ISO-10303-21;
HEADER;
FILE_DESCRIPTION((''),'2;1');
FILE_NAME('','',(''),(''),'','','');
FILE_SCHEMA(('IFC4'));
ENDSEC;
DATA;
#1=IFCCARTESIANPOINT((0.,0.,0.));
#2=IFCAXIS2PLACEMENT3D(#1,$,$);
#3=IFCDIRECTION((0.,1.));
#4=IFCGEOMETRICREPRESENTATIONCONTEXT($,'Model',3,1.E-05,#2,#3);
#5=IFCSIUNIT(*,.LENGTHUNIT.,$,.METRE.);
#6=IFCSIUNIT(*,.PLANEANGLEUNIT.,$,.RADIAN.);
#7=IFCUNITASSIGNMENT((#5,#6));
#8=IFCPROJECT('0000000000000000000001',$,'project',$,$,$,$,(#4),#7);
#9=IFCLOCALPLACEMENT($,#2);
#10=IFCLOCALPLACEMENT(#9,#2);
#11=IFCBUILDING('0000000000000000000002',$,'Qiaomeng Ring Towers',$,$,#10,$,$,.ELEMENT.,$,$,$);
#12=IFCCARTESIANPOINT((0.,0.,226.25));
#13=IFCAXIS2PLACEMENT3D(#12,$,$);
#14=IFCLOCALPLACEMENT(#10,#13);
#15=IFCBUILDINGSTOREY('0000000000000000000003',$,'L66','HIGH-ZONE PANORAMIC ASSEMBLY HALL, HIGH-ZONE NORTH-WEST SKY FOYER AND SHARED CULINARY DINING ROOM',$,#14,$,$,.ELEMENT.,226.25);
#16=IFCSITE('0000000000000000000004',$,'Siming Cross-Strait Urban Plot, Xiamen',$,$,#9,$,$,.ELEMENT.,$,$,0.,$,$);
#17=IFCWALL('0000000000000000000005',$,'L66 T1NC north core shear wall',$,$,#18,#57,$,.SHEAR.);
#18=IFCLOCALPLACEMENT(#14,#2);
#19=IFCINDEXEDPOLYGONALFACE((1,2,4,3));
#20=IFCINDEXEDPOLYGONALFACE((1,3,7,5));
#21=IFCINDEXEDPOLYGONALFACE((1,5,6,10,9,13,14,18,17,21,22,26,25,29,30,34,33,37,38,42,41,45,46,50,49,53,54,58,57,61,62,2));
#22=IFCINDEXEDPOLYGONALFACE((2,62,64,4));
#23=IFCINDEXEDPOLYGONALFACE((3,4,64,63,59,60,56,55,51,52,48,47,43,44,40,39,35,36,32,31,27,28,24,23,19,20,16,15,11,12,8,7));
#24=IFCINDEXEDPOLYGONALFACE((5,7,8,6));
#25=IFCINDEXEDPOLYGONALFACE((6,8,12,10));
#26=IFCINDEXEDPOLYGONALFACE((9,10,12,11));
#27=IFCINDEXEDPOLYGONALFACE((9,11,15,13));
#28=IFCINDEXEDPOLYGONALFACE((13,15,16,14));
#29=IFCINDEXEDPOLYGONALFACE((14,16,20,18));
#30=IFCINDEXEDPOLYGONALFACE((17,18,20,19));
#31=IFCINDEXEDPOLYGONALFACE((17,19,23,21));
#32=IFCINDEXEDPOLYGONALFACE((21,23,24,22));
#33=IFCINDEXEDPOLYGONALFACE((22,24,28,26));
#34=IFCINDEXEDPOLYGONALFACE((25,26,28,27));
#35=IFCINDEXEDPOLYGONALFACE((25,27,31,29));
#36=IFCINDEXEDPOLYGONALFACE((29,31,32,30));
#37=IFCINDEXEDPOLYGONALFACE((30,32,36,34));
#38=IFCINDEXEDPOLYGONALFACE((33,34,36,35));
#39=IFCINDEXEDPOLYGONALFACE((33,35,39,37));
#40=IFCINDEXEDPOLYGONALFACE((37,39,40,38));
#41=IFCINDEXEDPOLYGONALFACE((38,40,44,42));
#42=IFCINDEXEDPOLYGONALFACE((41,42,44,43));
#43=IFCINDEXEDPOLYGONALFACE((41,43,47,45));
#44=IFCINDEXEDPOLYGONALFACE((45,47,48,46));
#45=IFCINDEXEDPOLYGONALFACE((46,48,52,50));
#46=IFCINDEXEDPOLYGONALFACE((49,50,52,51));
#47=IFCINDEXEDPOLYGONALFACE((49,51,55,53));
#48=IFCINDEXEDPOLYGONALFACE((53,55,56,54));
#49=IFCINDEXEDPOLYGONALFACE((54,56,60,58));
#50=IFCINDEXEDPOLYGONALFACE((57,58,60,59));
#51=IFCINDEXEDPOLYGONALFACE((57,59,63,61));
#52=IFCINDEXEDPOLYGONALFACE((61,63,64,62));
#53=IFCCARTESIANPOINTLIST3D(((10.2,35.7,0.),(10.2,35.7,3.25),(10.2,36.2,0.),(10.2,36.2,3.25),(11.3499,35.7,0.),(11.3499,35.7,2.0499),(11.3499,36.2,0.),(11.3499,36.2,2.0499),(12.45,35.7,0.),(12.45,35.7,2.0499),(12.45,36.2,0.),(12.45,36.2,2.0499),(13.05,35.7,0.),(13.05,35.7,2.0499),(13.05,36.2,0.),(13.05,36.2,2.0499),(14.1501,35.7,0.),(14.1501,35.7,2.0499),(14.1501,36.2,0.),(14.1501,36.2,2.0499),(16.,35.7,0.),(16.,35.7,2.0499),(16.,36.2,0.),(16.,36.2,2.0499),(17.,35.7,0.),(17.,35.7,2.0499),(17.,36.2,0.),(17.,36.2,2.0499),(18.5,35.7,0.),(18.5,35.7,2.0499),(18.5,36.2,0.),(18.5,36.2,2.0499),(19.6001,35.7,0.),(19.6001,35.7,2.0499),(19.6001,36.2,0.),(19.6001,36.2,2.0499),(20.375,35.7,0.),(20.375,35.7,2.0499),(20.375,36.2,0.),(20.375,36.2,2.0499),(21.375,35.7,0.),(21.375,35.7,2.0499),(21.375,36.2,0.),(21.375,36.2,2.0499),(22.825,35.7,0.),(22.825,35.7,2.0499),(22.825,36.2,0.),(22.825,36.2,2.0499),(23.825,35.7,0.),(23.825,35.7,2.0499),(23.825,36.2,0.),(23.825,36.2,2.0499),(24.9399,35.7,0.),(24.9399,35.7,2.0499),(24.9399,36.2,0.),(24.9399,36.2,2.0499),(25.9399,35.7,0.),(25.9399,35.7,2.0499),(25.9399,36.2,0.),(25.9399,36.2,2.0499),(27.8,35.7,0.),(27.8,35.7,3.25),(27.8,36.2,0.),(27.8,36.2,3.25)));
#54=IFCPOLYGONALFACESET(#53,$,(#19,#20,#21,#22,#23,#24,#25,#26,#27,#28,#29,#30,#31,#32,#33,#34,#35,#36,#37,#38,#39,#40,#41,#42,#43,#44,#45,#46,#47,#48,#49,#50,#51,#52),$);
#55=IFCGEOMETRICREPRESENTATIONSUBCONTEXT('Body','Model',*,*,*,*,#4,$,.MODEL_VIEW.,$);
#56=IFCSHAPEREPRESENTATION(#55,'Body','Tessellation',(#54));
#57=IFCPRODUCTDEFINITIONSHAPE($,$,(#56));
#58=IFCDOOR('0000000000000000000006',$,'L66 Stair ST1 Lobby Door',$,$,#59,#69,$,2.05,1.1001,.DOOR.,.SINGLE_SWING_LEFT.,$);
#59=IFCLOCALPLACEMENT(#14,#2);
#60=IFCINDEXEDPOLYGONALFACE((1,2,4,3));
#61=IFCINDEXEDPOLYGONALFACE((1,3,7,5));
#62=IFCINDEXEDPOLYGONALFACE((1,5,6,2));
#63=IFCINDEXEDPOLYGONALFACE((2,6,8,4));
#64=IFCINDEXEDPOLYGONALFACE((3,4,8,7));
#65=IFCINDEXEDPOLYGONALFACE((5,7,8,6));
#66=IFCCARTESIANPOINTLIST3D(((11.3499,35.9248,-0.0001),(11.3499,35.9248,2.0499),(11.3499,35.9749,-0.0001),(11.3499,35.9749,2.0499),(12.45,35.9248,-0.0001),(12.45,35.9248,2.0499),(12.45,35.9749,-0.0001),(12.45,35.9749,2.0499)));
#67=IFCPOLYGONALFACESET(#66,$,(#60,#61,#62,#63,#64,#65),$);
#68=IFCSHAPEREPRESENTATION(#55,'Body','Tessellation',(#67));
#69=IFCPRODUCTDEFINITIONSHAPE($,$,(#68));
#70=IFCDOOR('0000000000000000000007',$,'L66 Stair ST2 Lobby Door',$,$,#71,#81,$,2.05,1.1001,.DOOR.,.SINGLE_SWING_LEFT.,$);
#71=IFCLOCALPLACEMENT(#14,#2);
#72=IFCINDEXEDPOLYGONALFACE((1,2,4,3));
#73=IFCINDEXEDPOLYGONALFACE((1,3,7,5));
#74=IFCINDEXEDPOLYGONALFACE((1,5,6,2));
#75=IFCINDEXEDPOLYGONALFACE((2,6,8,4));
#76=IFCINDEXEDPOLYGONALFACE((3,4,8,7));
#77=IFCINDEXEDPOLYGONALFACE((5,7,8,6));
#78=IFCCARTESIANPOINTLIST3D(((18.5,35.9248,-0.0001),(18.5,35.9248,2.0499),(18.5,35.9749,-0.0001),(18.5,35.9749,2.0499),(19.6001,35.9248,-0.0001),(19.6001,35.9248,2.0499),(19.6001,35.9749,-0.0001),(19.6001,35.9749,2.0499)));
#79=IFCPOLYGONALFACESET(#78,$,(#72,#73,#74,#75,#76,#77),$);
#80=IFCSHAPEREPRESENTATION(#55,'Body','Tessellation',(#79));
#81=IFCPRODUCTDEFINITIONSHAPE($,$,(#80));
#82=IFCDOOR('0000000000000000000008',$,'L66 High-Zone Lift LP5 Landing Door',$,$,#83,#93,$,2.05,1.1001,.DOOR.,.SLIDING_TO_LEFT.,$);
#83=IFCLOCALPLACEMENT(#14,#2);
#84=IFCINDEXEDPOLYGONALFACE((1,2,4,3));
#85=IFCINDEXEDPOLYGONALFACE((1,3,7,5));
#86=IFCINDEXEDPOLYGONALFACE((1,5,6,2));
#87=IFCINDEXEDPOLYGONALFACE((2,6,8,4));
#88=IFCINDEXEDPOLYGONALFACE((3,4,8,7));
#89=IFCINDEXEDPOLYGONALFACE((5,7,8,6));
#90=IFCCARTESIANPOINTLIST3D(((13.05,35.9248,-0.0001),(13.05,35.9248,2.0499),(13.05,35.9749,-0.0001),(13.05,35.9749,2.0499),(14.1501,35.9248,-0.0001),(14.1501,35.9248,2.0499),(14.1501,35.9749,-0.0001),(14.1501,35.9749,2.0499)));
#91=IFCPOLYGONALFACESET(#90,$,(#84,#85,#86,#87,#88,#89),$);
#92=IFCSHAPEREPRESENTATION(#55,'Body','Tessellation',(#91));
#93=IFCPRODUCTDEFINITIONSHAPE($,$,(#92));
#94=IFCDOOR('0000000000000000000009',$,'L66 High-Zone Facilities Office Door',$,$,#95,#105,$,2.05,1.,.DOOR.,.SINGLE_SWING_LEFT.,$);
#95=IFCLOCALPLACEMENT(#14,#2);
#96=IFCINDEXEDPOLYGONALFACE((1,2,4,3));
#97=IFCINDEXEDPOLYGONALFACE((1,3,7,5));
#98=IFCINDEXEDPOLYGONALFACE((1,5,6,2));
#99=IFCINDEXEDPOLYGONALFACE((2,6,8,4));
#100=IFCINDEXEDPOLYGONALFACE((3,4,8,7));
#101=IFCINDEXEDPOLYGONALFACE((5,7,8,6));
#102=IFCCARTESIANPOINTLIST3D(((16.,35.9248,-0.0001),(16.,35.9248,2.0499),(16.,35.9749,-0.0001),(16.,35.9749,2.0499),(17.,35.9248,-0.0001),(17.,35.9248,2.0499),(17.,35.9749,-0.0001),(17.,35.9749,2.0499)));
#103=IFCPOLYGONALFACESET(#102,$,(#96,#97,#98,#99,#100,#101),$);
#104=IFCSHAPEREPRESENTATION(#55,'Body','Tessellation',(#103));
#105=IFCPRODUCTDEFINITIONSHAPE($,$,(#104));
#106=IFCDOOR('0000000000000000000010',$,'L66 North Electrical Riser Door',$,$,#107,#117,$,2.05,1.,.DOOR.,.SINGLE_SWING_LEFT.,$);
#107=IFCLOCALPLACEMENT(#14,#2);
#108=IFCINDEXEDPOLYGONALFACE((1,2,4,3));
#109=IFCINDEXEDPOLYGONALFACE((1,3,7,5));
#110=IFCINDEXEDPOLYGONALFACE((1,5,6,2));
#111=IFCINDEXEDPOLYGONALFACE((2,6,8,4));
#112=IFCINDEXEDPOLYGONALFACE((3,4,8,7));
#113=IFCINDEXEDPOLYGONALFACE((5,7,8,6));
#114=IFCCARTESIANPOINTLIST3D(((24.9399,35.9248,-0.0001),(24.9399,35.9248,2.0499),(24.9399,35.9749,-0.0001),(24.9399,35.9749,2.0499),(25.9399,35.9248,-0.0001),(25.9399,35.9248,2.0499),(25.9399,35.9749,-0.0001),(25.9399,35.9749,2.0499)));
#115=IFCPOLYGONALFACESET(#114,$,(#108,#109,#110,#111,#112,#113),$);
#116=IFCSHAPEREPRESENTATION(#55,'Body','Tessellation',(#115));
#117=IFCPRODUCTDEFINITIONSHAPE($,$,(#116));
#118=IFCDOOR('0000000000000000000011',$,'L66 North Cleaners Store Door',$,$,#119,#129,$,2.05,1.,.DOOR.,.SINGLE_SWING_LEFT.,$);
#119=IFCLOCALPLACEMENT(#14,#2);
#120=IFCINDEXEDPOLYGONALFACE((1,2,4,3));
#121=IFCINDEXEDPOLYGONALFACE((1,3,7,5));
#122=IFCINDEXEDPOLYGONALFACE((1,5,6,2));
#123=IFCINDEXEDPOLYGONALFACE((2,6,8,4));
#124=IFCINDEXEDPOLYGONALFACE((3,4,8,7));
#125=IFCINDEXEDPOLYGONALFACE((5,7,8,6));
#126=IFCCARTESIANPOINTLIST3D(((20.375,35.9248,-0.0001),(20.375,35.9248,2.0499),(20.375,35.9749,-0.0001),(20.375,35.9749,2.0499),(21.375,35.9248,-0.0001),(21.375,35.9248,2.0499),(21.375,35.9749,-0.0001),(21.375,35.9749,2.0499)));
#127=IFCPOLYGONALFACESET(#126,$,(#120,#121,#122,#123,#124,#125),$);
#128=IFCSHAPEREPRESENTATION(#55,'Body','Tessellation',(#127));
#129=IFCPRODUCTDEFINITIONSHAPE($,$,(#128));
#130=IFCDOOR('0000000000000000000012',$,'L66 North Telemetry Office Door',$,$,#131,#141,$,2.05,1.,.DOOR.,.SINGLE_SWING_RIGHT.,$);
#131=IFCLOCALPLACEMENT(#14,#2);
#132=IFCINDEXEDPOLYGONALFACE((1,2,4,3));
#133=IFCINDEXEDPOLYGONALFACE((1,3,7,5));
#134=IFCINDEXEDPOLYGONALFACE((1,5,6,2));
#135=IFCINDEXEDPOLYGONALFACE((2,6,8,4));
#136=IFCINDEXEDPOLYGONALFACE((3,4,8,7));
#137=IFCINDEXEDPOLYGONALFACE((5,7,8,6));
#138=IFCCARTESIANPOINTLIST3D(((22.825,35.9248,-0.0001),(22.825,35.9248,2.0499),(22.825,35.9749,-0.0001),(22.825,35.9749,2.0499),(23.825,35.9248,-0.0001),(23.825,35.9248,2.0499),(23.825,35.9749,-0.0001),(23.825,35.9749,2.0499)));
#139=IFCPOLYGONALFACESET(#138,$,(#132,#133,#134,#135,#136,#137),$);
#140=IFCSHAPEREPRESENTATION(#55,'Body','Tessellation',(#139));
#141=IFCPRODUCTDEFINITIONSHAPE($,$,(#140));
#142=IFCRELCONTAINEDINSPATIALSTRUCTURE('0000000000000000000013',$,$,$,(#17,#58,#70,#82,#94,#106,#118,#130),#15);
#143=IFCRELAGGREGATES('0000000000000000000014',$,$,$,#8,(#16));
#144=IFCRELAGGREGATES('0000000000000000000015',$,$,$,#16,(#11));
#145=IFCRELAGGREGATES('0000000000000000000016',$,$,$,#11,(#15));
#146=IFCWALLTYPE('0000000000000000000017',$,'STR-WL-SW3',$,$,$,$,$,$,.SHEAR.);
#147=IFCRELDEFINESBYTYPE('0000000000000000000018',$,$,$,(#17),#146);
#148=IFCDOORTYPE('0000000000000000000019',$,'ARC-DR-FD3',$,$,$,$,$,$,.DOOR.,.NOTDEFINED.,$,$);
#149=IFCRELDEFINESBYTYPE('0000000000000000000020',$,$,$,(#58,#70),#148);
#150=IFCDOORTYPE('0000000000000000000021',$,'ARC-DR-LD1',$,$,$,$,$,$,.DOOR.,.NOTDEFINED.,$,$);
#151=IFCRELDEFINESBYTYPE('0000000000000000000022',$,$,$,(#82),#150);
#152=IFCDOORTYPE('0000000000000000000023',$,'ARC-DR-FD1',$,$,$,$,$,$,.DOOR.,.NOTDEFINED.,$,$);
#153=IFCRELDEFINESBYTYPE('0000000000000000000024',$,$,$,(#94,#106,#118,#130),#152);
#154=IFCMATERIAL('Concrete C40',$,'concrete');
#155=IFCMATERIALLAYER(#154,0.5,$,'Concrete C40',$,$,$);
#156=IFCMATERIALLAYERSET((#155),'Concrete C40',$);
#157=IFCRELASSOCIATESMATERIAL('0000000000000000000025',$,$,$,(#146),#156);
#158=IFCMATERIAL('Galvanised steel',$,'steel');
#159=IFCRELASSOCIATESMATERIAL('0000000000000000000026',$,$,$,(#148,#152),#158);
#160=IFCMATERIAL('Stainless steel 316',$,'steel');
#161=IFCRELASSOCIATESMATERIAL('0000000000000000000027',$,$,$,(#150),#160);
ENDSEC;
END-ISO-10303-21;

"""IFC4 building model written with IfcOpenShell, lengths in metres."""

from ifc_helpers import new_model, si_unit, direction, frame, frame_2d, origin, place, context, subcontext, project, spatial, rectangle, extrude, source, transform, mapped, material, layer, layer_set, type_object, element, fill, save


model = new_model("IFC4")

# Units and contexts
model_context = context("Model", 3, precision=1e-05, world=origin(), true_north=direction((0.0, 1.0)))
body_context = subcontext(model_context, "Body", "Model", "MODEL_VIEW")
ifc_project = project(units=[si_unit("LENGTHUNIT", "METRE"), si_unit("PLANEANGLEUNIT", "RADIAN")], contexts=[model_context])

# Site, building, storey
site_placement = place(None, origin())
site = spatial("IfcSite", under=ifc_project, at=site_placement, Name="Siming Cross-Strait Urban Plot, Xiamen", CompositionType="ELEMENT", RefElevation=0.0)
building_placement = place(site_placement, origin())
building = spatial("IfcBuilding", under=site, at=building_placement, Name="Qiaomeng Ring Towers", CompositionType="ELEMENT")
storey_placement = place(building_placement, frame((0.0, 0.0, 226.25)))
storey = spatial("IfcBuildingStorey", under=building, at=storey_placement, Name="L66", Description="HIGH-ZONE PANORAMIC ASSEMBLY HALL, HIGH-ZONE NORTH-WEST SKY FOYER AND SHARED CULINARY DINING ROOM", CompositionType="ELEMENT", Elevation=226.25)

# Shared definitions
ifc_material_1 = material(Name="Concrete C40", Category="concrete")

# Wall, openings, doors
ifc_layer_1 = layer(ifc_material_1, 0.5, Name="Concrete C40")
ifc_layer_set_1 = layer_set([ifc_layer_1], Name="Concrete C40")
wall_type_1 = type_object("IfcWallType", Name="STR-WL-SW3", PredefinedType="SHEAR", material=ifc_layer_set_1)
wall_1_placement = place(storey_placement, frame((10.2, 35.95, 0.0), z_axis=(0.0, 0.0, 1.0), x_axis=(1.0, 0.0, 0.0)))
wall_1 = element("IfcWall", 1, at=wall_1_placement, inside=storey, type_object=wall_type_1, Name="L66 T1NC north core shear wall", PredefinedType="SHEAR", context=body_context, shape_type="SweptSolid", body=[
    extrude(rectangle(XDim=17.6001, YDim=0.5, at=frame_2d((8.8, 0.0))), origin(), (0.0, 0.0, 1.0), 3.25),
])
opening_1_placement = place(wall_1_placement, frame((1.1499, 0.0, 0.0)))
opening_1 = element("IfcOpeningElement", 2, at=opening_1_placement, cuts=wall_1, PredefinedType="OPENING", context=body_context, shape_type="SweptSolid", body=[
    extrude(rectangle(XDim=1.1001, YDim=2.05, at=frame_2d((0.55, 1.0249))), frame((0.0, 0.26, 0.0), z_axis=(0.0, -1.0, 0.0), x_axis=(1.0, 0.0, 0.0)), (0.0, 0.0, 1.0), 0.52),
])
opening_2_placement = place(wall_1_placement, frame((8.3, 0.0, 0.0)))
opening_2 = element("IfcOpeningElement", 3, at=opening_2_placement, cuts=wall_1, PredefinedType="OPENING", context=body_context, shape_type="SweptSolid", body=[
    extrude(rectangle(XDim=1.1001, YDim=2.05, at=frame_2d((0.55, 1.0249))), frame((0.0, 0.26, 0.0), z_axis=(0.0, -1.0, 0.0), x_axis=(1.0, 0.0, 0.0)), (0.0, 0.0, 1.0), 0.52),
])
opening_3_placement = place(wall_1_placement, frame((2.8501, 0.0, 0.0)))
opening_3 = element("IfcOpeningElement", 4, at=opening_3_placement, cuts=wall_1, PredefinedType="OPENING", context=body_context, shape_type="SweptSolid", body=[
    extrude(rectangle(XDim=1.1001, YDim=2.05, at=frame_2d((0.55, 1.0249))), frame((0.0, 0.26, 0.0), z_axis=(0.0, -1.0, 0.0), x_axis=(1.0, 0.0, 0.0)), (0.0, 0.0, 1.0), 0.52),
])
opening_4_placement = place(wall_1_placement, frame((5.8, 0.0, 0.0)))
opening_4 = element("IfcOpeningElement", 5, at=opening_4_placement, cuts=wall_1, PredefinedType="OPENING", context=body_context, shape_type="SweptSolid", body=[
    extrude(rectangle(XDim=1.0, YDim=2.05, at=frame_2d((0.5, 1.0249))), frame((0.0, 0.26, 0.0), z_axis=(0.0, -1.0, 0.0), x_axis=(1.0, 0.0, 0.0)), (0.0, 0.0, 1.0), 0.52),
])
opening_5_placement = place(wall_1_placement, frame((14.74, 0.0, 0.0)))
opening_5 = element("IfcOpeningElement", 6, at=opening_5_placement, cuts=wall_1, PredefinedType="OPENING", context=body_context, shape_type="SweptSolid", body=[
    extrude(rectangle(XDim=1.0, YDim=2.05, at=frame_2d((0.5, 1.0249))), frame((0.0, 0.26, 0.0), z_axis=(0.0, -1.0, 0.0), x_axis=(1.0, 0.0, 0.0)), (0.0, 0.0, 1.0), 0.52),
])
opening_6_placement = place(wall_1_placement, frame((10.175, 0.0, 0.0)))
opening_6 = element("IfcOpeningElement", 7, at=opening_6_placement, cuts=wall_1, PredefinedType="OPENING", context=body_context, shape_type="SweptSolid", body=[
    extrude(rectangle(XDim=1.0, YDim=2.05, at=frame_2d((0.5, 1.0249))), frame((0.0, 0.26, 0.0), z_axis=(0.0, -1.0, 0.0), x_axis=(1.0, 0.0, 0.0)), (0.0, 0.0, 1.0), 0.52),
])
opening_7_placement = place(wall_1_placement, frame((12.625, 0.0, 0.0)))
opening_7 = element("IfcOpeningElement", 8, at=opening_7_placement, cuts=wall_1, PredefinedType="OPENING", context=body_context, shape_type="SweptSolid", body=[
    extrude(rectangle(XDim=1.0, YDim=2.05, at=frame_2d((0.5, 1.0249))), frame((0.0, 0.26, 0.0), z_axis=(0.0, -1.0, 0.0), x_axis=(1.0, 0.0, 0.0)), (0.0, 0.0, 1.0), 0.52),
])
ifc_material_2 = material(Name="Galvanised steel", Category="steel")
door_type_1 = type_object("IfcDoorType", Name="ARC-DR-FD3", OperationType="NOTDEFINED", PredefinedType="DOOR", material=ifc_material_2)
shared_shape_1 = source(origin(), body_context, "Body", "SweptSolid", [
    extrude(rectangle(XDim=1.1001, YDim=2.05, at=frame_2d((0.55, 1.0249))), frame((0.0, 0.0249, 0.0), z_axis=(0.0, -1.0, 0.0), x_axis=(1.0, 0.0, 0.0)), (0.0, 0.0, 1.0), 0.05),
])
door_1_placement = place(opening_1_placement, origin())
door_1 = element("IfcDoor", 9, at=door_1_placement, inside=storey, type_object=door_type_1, Name="L66 Stair ST1 Lobby Door", OperationType="SINGLE_SWING_LEFT", OverallHeight=2.05, OverallWidth=1.1001, PredefinedType="DOOR", context=body_context, shape_type="MappedRepresentation", body=[
    mapped(shared_shape_1, transform((0.0, 0.0, 0.0), x_axis=(1.0, 0.0, 0.0), y_axis=(0.0, 1.0, 0.0), z_axis=(0.0, 0.0, 1.0), scale=1.0)),
])
fill(opening_1, door_1)
door_2_placement = place(opening_2_placement, origin())
door_2 = element("IfcDoor", 10, at=door_2_placement, inside=storey, type_object=door_type_1, Name="L66 Stair ST2 Lobby Door", OperationType="SINGLE_SWING_LEFT", OverallHeight=2.05, OverallWidth=1.1001, PredefinedType="DOOR", context=body_context, shape_type="MappedRepresentation", body=[
    mapped(shared_shape_1, transform((0.0, 0.0, 0.0), x_axis=(1.0, 0.0, 0.0), y_axis=(0.0, 1.0, 0.0), z_axis=(0.0, 0.0, 1.0), scale=1.0)),
])
fill(opening_2, door_2)
ifc_material_3 = material(Name="Stainless steel 316", Category="steel")
door_type_2 = type_object("IfcDoorType", Name="ARC-DR-LD1", OperationType="NOTDEFINED", PredefinedType="DOOR", material=ifc_material_3)
door_3_placement = place(opening_3_placement, origin())
door_3 = element("IfcDoor", 11, at=door_3_placement, inside=storey, type_object=door_type_2, Name="L66 High-Zone Lift LP5 Landing Door", OperationType="SLIDING_TO_LEFT", OverallHeight=2.05, OverallWidth=1.1001, PredefinedType="DOOR", context=body_context, shape_type="MappedRepresentation", body=[
    mapped(shared_shape_1, transform((0.0, 0.0, 0.0), x_axis=(1.0, 0.0, 0.0), y_axis=(0.0, 1.0, 0.0), z_axis=(0.0, 0.0, 1.0), scale=1.0)),
])
fill(opening_3, door_3)
door_type_3 = type_object("IfcDoorType", Name="ARC-DR-FD1", OperationType="NOTDEFINED", PredefinedType="DOOR", material=ifc_material_2)
shared_shape_2 = source(origin(), body_context, "Body", "SweptSolid", [
    extrude(rectangle(XDim=1.0, YDim=2.05, at=frame_2d((0.5, 1.0249))), frame((0.0, 0.0249, 0.0), z_axis=(0.0, -1.0, 0.0), x_axis=(1.0, 0.0, 0.0)), (0.0, 0.0, 1.0), 0.05),
])
door_4_placement = place(opening_4_placement, origin())
door_4 = element("IfcDoor", 12, at=door_4_placement, inside=storey, type_object=door_type_3, Name="L66 High-Zone Facilities Office Door", OperationType="SINGLE_SWING_LEFT", OverallHeight=2.05, OverallWidth=1.0, PredefinedType="DOOR", context=body_context, shape_type="MappedRepresentation", body=[
    mapped(shared_shape_2, transform((0.0, 0.0, 0.0), x_axis=(1.0, 0.0, 0.0), y_axis=(0.0, 1.0, 0.0), z_axis=(0.0, 0.0, 1.0), scale=1.0)),
])
fill(opening_4, door_4)
door_5_placement = place(opening_5_placement, origin())
door_5 = element("IfcDoor", 13, at=door_5_placement, inside=storey, type_object=door_type_3, Name="L66 North Electrical Riser Door", OperationType="SINGLE_SWING_LEFT", OverallHeight=2.05, OverallWidth=1.0, PredefinedType="DOOR", context=body_context, shape_type="MappedRepresentation", body=[
    mapped(shared_shape_2, transform((0.0, 0.0, 0.0), x_axis=(1.0, 0.0, 0.0), y_axis=(0.0, 1.0, 0.0), z_axis=(0.0, 0.0, 1.0), scale=1.0)),
])
fill(opening_5, door_5)
door_6_placement = place(opening_6_placement, origin())
door_6 = element("IfcDoor", 14, at=door_6_placement, inside=storey, type_object=door_type_3, Name="L66 North Cleaners Store Door", OperationType="SINGLE_SWING_LEFT", OverallHeight=2.05, OverallWidth=1.0, PredefinedType="DOOR", context=body_context, shape_type="MappedRepresentation", body=[
    mapped(shared_shape_2, transform((0.0, 0.0, 0.0), x_axis=(1.0, 0.0, 0.0), y_axis=(0.0, 1.0, 0.0), z_axis=(0.0, 0.0, 1.0), scale=1.0)),
])
fill(opening_6, door_6)
door_7_placement = place(opening_7_placement, origin())
door_7 = element("IfcDoor", 15, at=door_7_placement, inside=storey, type_object=door_type_3, Name="L66 North Telemetry Office Door", OperationType="SINGLE_SWING_RIGHT", OverallHeight=2.05, OverallWidth=1.0, PredefinedType="DOOR", context=body_context, shape_type="MappedRepresentation", body=[
    mapped(shared_shape_2, transform((0.0, 0.0, 0.0), x_axis=(1.0, 0.0, 0.0), y_axis=(0.0, 1.0, 0.0), z_axis=(0.0, 0.0, 1.0), scale=1.0)),
])
fill(opening_7, door_7)

save(model, "model.ifc")
